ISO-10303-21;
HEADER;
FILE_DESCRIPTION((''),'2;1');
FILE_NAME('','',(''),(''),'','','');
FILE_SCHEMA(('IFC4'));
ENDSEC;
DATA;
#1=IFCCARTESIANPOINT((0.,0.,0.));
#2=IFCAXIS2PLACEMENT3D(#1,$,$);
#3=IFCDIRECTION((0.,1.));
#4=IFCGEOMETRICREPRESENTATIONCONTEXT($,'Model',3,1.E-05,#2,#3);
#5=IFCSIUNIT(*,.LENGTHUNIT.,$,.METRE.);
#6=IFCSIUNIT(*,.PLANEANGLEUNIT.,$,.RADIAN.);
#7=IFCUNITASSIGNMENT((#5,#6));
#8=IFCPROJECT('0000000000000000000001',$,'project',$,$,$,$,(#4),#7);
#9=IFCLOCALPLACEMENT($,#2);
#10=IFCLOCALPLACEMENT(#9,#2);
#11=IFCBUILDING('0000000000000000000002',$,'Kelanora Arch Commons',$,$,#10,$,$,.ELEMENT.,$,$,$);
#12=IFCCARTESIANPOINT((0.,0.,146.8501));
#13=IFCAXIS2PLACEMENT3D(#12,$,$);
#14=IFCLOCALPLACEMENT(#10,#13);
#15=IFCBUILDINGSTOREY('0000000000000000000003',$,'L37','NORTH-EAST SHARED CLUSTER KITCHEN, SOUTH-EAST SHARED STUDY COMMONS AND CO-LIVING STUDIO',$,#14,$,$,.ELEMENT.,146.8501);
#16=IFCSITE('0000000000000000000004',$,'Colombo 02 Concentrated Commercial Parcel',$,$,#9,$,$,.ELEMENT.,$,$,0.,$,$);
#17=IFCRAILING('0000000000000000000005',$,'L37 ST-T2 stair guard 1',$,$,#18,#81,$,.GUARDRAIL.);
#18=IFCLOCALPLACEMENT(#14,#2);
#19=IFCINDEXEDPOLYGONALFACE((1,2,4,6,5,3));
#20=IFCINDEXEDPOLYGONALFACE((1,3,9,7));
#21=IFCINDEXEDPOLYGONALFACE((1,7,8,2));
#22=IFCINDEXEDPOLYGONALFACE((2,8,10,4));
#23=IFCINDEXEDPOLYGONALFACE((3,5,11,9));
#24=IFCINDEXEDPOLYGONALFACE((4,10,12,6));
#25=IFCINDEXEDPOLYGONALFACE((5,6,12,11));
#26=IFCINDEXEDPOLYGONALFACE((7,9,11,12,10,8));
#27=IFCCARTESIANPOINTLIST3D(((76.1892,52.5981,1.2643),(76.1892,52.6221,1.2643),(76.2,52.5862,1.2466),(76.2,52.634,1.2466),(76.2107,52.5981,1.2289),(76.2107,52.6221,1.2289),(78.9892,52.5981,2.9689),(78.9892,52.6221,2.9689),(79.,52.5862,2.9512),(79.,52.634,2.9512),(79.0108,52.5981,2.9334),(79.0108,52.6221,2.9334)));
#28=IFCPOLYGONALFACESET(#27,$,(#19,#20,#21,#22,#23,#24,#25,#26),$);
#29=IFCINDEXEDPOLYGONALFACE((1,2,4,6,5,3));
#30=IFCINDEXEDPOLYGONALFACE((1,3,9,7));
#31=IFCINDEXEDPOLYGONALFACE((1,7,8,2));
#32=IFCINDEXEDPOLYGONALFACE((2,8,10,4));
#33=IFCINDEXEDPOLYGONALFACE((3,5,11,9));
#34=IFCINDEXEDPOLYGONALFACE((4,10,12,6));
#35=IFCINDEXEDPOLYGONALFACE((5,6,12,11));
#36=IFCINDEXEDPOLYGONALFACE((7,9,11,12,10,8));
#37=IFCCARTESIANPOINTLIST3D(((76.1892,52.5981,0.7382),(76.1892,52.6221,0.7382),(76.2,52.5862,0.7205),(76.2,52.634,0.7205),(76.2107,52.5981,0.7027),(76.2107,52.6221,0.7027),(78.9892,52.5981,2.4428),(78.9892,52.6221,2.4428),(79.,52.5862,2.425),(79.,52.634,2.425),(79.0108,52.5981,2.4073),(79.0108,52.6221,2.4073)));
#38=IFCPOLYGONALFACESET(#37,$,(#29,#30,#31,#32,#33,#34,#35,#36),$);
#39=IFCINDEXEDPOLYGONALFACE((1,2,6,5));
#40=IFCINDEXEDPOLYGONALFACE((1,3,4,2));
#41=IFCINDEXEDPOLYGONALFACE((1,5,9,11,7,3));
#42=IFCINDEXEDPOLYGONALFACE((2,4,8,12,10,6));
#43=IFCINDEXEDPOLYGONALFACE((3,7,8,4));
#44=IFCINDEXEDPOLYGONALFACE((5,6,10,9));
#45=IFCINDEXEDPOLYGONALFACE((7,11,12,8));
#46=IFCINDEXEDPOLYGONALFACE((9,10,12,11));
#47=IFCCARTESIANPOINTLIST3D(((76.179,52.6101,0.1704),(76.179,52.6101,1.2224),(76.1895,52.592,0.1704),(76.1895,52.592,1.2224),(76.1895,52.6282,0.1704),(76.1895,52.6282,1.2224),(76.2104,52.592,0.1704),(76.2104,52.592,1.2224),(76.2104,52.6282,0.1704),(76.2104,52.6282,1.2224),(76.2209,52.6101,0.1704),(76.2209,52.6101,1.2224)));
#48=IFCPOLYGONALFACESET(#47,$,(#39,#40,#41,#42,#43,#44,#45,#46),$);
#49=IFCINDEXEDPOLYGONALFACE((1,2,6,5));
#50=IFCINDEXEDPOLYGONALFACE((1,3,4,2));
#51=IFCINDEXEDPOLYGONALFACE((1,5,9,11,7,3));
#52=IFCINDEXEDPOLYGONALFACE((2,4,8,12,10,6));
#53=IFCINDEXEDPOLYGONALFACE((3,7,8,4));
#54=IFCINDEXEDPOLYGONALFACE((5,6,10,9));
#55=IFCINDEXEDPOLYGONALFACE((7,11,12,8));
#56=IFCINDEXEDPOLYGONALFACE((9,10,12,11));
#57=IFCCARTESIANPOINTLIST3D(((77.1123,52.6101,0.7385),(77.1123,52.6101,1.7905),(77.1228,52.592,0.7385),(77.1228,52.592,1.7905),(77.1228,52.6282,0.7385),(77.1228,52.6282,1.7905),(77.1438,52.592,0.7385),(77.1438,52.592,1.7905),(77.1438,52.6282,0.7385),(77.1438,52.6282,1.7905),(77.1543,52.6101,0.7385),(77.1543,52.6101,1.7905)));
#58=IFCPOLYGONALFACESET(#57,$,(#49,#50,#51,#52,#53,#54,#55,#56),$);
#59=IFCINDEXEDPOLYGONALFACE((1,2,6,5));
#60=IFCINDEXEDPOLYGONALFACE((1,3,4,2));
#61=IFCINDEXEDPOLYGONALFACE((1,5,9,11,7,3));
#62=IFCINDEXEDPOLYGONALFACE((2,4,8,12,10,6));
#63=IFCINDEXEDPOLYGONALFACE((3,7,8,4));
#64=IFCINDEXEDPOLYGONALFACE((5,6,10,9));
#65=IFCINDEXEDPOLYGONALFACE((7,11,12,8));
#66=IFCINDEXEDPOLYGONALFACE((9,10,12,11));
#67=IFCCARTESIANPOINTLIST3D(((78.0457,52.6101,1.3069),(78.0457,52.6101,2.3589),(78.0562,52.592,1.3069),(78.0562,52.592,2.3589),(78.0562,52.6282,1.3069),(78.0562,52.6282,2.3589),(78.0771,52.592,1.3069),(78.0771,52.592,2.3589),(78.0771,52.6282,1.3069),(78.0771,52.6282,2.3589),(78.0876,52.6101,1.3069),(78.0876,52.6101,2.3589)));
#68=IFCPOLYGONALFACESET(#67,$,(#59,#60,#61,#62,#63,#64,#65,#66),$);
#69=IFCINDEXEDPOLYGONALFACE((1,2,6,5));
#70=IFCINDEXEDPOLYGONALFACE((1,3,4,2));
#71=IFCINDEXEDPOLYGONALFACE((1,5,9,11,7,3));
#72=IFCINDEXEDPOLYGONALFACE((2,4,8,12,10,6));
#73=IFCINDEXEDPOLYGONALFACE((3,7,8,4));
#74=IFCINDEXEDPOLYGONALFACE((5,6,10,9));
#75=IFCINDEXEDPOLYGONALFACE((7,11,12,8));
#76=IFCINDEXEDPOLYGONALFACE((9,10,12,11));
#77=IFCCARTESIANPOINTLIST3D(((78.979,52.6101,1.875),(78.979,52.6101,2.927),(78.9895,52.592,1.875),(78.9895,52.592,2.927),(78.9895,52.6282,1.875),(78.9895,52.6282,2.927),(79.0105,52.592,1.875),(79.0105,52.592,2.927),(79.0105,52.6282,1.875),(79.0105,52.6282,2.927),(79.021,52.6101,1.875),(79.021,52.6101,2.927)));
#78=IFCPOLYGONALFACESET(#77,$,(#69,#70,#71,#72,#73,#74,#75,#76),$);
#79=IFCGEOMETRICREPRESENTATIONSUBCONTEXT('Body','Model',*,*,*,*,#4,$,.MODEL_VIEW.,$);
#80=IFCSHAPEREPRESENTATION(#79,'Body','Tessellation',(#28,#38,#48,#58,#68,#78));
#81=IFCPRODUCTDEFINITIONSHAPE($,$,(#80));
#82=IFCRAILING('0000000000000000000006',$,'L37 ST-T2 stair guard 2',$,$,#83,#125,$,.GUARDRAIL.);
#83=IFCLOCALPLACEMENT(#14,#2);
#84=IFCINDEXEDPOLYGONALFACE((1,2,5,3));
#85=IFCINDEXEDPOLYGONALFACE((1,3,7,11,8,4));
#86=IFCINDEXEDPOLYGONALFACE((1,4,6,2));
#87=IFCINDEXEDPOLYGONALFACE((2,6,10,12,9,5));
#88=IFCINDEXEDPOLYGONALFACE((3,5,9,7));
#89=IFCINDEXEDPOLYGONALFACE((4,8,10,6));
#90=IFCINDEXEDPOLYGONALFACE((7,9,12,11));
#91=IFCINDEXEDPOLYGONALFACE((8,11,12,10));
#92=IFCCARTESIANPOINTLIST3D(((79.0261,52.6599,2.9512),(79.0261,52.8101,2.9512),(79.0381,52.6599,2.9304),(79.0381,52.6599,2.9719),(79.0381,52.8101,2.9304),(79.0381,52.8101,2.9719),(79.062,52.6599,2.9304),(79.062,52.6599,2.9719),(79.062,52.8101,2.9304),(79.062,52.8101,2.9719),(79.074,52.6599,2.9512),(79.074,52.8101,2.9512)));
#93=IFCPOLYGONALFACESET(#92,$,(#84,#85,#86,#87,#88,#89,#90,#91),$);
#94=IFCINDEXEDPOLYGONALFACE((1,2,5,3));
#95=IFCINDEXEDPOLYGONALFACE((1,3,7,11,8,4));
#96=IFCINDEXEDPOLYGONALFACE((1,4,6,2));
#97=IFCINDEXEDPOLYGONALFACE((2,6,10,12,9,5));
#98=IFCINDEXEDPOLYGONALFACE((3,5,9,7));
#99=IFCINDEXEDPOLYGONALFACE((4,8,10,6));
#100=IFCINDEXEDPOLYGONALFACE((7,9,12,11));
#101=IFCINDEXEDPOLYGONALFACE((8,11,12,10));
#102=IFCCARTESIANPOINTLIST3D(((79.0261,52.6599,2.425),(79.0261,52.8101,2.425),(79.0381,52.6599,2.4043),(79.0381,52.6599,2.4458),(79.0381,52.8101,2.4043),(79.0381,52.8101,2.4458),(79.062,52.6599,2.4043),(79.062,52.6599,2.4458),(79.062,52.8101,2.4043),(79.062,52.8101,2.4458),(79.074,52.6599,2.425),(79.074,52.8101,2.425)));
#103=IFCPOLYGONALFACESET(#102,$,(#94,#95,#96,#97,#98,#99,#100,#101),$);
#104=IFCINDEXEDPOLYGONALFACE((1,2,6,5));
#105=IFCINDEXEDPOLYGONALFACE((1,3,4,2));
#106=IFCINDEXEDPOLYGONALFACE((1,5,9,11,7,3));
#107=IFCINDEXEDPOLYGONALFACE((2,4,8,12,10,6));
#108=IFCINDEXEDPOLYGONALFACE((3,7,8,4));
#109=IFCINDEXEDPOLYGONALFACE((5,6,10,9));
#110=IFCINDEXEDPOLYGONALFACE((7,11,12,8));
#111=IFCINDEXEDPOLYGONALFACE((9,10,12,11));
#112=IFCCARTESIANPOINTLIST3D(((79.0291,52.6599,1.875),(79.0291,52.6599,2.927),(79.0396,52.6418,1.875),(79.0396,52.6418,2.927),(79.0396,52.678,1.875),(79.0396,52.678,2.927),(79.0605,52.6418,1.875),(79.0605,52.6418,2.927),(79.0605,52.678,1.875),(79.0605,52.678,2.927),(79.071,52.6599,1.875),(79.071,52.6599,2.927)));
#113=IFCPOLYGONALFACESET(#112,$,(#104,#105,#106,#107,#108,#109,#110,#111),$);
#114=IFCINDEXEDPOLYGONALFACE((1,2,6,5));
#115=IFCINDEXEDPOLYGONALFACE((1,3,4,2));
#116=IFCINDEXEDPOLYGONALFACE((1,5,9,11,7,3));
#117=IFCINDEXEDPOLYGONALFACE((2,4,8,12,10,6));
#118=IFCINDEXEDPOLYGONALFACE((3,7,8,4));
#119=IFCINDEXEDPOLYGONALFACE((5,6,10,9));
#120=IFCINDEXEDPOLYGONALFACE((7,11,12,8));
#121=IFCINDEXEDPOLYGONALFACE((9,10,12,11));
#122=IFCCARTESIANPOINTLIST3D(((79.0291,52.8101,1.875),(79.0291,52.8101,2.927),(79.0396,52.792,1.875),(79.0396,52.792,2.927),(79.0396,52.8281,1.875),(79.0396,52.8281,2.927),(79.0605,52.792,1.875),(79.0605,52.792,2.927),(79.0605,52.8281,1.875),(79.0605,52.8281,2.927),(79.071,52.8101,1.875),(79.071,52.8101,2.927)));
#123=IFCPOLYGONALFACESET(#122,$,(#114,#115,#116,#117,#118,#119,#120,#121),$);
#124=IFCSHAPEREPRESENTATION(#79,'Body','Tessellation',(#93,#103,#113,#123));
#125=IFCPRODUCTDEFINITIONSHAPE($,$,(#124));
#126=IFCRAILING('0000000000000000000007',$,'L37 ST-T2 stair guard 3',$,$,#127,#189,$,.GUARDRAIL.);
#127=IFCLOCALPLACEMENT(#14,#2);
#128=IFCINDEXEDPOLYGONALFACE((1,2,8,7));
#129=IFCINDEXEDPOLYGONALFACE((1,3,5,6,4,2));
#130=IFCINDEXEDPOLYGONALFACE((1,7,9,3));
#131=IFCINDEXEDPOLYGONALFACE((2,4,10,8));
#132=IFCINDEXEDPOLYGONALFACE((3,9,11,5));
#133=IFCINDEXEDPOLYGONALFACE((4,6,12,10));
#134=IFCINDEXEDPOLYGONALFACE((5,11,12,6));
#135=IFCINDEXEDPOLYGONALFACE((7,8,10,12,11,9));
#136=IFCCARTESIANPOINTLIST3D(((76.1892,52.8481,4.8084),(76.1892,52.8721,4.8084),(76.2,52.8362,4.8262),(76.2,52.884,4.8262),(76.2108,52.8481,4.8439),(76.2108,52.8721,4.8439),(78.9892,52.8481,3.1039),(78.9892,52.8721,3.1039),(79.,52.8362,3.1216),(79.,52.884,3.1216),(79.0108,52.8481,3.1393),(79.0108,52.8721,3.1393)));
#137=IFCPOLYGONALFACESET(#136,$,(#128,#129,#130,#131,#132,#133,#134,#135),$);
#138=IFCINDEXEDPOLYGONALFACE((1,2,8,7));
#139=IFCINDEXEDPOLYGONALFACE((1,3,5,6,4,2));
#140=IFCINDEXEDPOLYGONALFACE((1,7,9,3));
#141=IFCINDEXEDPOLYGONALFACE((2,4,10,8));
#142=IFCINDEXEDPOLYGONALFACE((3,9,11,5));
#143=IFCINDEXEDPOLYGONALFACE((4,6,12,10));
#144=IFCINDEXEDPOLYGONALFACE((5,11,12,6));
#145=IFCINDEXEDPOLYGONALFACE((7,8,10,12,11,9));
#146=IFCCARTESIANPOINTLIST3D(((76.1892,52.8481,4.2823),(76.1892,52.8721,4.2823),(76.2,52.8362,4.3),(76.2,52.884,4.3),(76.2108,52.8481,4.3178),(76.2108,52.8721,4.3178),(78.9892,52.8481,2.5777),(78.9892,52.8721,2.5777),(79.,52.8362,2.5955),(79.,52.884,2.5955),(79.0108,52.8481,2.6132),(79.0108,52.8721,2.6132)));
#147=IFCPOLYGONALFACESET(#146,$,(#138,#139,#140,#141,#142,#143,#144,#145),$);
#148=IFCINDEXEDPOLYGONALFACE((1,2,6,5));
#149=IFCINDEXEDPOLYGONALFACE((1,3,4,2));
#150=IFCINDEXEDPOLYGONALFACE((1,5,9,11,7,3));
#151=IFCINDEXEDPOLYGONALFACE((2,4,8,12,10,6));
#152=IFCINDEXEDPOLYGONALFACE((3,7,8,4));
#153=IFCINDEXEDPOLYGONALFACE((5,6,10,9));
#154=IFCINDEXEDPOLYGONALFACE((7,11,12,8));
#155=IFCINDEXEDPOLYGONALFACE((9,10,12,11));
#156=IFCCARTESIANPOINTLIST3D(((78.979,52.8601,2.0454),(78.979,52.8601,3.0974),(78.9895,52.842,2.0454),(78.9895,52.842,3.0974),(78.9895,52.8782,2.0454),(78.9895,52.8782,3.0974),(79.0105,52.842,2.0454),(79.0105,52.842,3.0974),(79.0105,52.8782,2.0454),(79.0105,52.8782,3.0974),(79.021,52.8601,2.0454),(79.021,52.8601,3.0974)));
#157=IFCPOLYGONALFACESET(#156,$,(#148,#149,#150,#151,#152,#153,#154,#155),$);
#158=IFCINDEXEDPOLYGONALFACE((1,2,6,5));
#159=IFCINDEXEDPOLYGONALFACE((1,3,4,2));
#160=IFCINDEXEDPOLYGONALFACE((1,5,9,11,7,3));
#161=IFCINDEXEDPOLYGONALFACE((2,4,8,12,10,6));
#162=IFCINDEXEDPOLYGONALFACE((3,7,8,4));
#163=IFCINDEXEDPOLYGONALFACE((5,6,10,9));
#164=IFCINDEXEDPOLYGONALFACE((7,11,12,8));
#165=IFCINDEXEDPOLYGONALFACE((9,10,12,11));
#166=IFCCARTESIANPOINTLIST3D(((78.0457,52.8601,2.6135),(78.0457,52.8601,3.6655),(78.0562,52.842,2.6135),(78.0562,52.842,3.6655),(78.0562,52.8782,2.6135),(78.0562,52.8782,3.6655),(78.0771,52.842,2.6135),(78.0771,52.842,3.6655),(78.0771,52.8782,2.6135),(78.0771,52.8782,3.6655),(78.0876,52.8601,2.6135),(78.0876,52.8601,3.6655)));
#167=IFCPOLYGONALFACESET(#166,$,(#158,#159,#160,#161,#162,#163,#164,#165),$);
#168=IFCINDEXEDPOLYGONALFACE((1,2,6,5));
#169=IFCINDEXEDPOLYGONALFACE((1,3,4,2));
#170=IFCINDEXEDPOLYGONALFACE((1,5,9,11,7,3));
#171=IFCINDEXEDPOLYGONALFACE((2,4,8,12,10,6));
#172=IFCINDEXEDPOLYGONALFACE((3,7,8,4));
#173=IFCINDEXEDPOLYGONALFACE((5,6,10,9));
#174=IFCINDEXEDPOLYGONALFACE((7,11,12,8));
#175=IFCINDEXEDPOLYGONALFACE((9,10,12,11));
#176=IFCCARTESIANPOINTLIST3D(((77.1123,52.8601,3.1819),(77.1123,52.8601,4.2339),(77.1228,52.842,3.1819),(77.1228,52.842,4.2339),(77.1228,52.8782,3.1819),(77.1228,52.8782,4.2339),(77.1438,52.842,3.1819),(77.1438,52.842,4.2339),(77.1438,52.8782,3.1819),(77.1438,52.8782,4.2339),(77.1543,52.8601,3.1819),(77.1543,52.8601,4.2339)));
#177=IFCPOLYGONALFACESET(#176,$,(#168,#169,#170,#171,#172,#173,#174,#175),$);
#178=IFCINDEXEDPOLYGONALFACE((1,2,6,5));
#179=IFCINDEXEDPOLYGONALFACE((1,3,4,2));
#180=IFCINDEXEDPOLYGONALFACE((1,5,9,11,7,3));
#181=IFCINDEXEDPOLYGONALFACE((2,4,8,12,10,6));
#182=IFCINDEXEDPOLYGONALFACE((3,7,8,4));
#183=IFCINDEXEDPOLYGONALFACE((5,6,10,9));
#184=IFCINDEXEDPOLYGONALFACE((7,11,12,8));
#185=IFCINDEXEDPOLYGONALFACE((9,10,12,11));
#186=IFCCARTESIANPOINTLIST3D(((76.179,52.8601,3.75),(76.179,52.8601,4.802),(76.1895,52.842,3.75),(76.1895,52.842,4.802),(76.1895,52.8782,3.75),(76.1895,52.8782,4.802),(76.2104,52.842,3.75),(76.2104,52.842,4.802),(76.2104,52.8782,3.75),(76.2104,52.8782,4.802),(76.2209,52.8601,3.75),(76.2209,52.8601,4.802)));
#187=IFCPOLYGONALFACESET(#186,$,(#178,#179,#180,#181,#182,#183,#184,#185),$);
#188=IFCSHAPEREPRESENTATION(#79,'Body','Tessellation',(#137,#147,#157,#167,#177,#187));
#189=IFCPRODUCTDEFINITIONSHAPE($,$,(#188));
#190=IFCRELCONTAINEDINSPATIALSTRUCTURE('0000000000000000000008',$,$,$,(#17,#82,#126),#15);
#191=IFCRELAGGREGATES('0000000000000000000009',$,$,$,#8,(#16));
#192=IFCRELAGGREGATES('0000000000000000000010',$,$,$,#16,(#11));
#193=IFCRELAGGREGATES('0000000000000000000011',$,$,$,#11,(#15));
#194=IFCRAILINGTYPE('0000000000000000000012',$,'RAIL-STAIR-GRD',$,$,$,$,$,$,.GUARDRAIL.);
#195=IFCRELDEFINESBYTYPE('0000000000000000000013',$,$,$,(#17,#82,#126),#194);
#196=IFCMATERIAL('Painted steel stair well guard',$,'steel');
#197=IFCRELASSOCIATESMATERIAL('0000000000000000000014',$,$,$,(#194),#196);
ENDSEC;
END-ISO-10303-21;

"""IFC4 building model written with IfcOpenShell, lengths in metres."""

from ifc_helpers import new_model, si_unit, direction, frame, origin, place, context, subcontext, project, spatial, polyline, outline, extrude, material, type_object, element, save


model = new_model("IFC4")

# Units and contexts
model_context = context("Model", 3, precision=1e-05, world=origin(), true_north=direction((0.0, 1.0)))
body_context = subcontext(model_context, "Body", "Model", "MODEL_VIEW")
ifc_project = project(units=[si_unit("LENGTHUNIT", "METRE"), si_unit("PLANEANGLEUNIT", "RADIAN")], contexts=[model_context])

# Site, building, storey
site_placement = place(None, origin())
site = spatial("IfcSite", under=ifc_project, at=site_placement, Name="Colombo 02 Concentrated Commercial Parcel", CompositionType="ELEMENT", RefElevation=0.0)
building_placement = place(site_placement, origin())
building = spatial("IfcBuilding", under=site, at=building_placement, Name="Kelanora Arch Commons", CompositionType="ELEMENT")
storey_placement = place(building_placement, frame((0.0, 0.0, 146.8501)))
storey = spatial("IfcBuildingStorey", under=building, at=storey_placement, Name="L37", Description="NORTH-EAST SHARED CLUSTER KITCHEN, SOUTH-EAST SHARED STUDY COMMONS AND CO-LIVING STUDIO", CompositionType="ELEMENT", Elevation=146.8501)

# Railings
ifc_material_1 = material(Name="Painted steel stair well guard", Category="steel")
railing_type_1 = type_object("IfcRailingType", Name="RAIL-STAIR-GRD", PredefinedType="GUARDRAIL", material=ifc_material_1)
railing_1_placement = place(storey_placement, frame((76.2, 52.6101, 0.1704)))
element("IfcRailing", 1, at=railing_1_placement, inside=storey, type_object=railing_type_1, Name="L37 ST-T2 stair guard 1", PredefinedType="GUARDRAIL", context=body_context, shape_type="SweptSolid", body=[
    extrude(outline(polyline([(0.0239, 0.0), (0.012, 0.0208), (-0.012, 0.0208), (-0.0239, 0.0), (-0.012, -0.0208), (0.012, -0.0208), (0.0239, 0.0)])), frame((0.0, 0.0, 1.0762), z_axis=(0.85417, 0.0, 0.519994), x_axis=(0.0, 1.0, 0.0)), (0.0, 0.0, 1.0), 3.2781),
    extrude(outline(polyline([(0.0239, 0.0), (0.012, 0.0208), (-0.012, 0.0208), (-0.0239, 0.0), (-0.012, -0.0208), (0.012, -0.0208), (0.0239, 0.0)])), frame((0.0, 0.0, 0.55), z_axis=(0.85417, 0.0, 0.519994), x_axis=(0.0, 1.0, 0.0)), (0.0, 0.0, 1.0), 3.2781),
    extrude(outline(polyline([(0.021, 0.0), (0.0105, 0.0181), (-0.0105, 0.0181), (-0.021, 0.0), (-0.0105, -0.0181), (0.0105, -0.0181), (0.021, 0.0)])), origin(), (0.0, 0.0, 1.0), 1.052),
    extrude(outline(polyline([(0.021, 0.0), (0.0105, 0.0181), (-0.0105, 0.0181), (-0.021, 0.0), (-0.0105, -0.0181), (0.0105, -0.0181), (0.021, 0.0)])), frame((0.9333, 0.0, 0.5681)), (0.0, 0.0, 1.0), 1.052),
    extrude(outline(polyline([(0.021, 0.0), (0.0105, 0.0181), (-0.0105, 0.0181), (-0.021, 0.0), (-0.0105, -0.0181), (0.0105, -0.0181), (0.021, 0.0)])), frame((1.8667, 0.0, 1.1365)), (0.0, 0.0, 1.0), 1.052),
    extrude(outline(polyline([(0.021, 0.0), (0.0105, 0.0181), (-0.0105, 0.0181), (-0.021, 0.0), (-0.0105, -0.0181), (0.0105, -0.0181), (0.021, 0.0)])), frame((2.8, 0.0, 1.7046)), (0.0, 0.0, 1.0), 1.052),
])
railing_2_placement = place(storey_placement, frame((79.05, 52.6599, 1.875)))
element("IfcRailing", 2, at=railing_2_placement, inside=storey, type_object=railing_type_1, Name="L37 ST-T2 stair guard 2", PredefinedType="GUARDRAIL", context=body_context, shape_type="SweptSolid", body=[
    extrude(outline(polyline([(0.0239, 0.0), (0.012, 0.0208), (-0.012, 0.0208), (-0.0239, 0.0), (-0.012, -0.0208), (0.012, -0.0208), (0.0239, 0.0)])), frame((0.0, 0.0, 1.0762), z_axis=(0.0, 1.0, 0.0), x_axis=(-1.0, 0.0, 0.0)), (0.0, 0.0, 1.0), 0.1501),
    extrude(outline(polyline([(0.0239, 0.0), (0.012, 0.0208), (-0.012, 0.0208), (-0.0239, 0.0), (-0.012, -0.0208), (0.012, -0.0208), (0.0239, 0.0)])), frame((0.0, 0.0, 0.55), z_axis=(0.0, 1.0, 0.0), x_axis=(-1.0, 0.0, 0.0)), (0.0, 0.0, 1.0), 0.1501),
    extrude(outline(polyline([(0.021, 0.0), (0.0105, 0.0181), (-0.0105, 0.0181), (-0.021, 0.0), (-0.0105, -0.0181), (0.0105, -0.0181), (0.021, 0.0)])), origin(), (0.0, 0.0, 1.0), 1.052),
    extrude(outline(polyline([(0.021, 0.0), (0.0105, 0.0181), (-0.0105, 0.0181), (-0.021, 0.0), (-0.0105, -0.0181), (0.0105, -0.0181), (0.021, 0.0)])), frame((0.0, 0.1501, 0.0)), (0.0, 0.0, 1.0), 1.052),
])
railing_3_placement = place(storey_placement, frame((79.0, 52.8601, 2.0454)))
element("IfcRailing", 3, at=railing_3_placement, inside=storey, type_object=railing_type_1, Name="L37 ST-T2 stair guard 3", PredefinedType="GUARDRAIL", context=body_context, shape_type="SweptSolid", body=[
    extrude(outline(polyline([(0.0239, 0.0), (0.012, 0.0208), (-0.012, 0.0208), (-0.0239, 0.0), (-0.012, -0.0208), (0.012, -0.0208), (0.0239, 0.0)])), frame((0.0, 0.0, 1.0762), z_axis=(-0.85417, 0.0, 0.519994), x_axis=(0.0, -1.0, 0.0)), (0.0, 0.0, 1.0), 3.2781),
    extrude(outline(polyline([(0.0239, 0.0), (0.012, 0.0208), (-0.012, 0.0208), (-0.0239, 0.0), (-0.012, -0.0208), (0.012, -0.0208), (0.0239, 0.0)])), frame((0.0, 0.0, 0.55), z_axis=(-0.85417, 0.0, 0.519994), x_axis=(0.0, -1.0, 0.0)), (0.0, 0.0, 1.0), 3.2781),
    extrude(outline(polyline([(0.021, 0.0), (0.0105, 0.0181), (-0.0105, 0.0181), (-0.021, 0.0), (-0.0105, -0.0181), (0.0105, -0.0181), (0.021, 0.0)])), origin(), (0.0, 0.0, 1.0), 1.052),
    extrude(outline(polyline([(0.021, 0.0), (0.0105, 0.0181), (-0.0105, 0.0181), (-0.021, 0.0), (-0.0105, -0.0181), (0.0105, -0.0181), (0.021, 0.0)])), frame((-0.9333, 0.0, 0.5681)), (0.0, 0.0, 1.0), 1.052),
    extrude(outline(polyline([(0.021, 0.0), (0.0105, 0.0181), (-0.0105, 0.0181), (-0.021, 0.0), (-0.0105, -0.0181), (0.0105, -0.0181), (0.021, 0.0)])), frame((-1.8667, 0.0, 1.1365)), (0.0, 0.0, 1.0), 1.052),
    extrude(outline(polyline([(0.021, 0.0), (0.0105, 0.0181), (-0.0105, 0.0181), (-0.021, 0.0), (-0.0105, -0.0181), (0.0105, -0.0181), (0.021, 0.0)])), frame((-2.8, 0.0, 1.7046)), (0.0, 0.0, 1.0), 1.052),
])

save(model, "model.ifc")
